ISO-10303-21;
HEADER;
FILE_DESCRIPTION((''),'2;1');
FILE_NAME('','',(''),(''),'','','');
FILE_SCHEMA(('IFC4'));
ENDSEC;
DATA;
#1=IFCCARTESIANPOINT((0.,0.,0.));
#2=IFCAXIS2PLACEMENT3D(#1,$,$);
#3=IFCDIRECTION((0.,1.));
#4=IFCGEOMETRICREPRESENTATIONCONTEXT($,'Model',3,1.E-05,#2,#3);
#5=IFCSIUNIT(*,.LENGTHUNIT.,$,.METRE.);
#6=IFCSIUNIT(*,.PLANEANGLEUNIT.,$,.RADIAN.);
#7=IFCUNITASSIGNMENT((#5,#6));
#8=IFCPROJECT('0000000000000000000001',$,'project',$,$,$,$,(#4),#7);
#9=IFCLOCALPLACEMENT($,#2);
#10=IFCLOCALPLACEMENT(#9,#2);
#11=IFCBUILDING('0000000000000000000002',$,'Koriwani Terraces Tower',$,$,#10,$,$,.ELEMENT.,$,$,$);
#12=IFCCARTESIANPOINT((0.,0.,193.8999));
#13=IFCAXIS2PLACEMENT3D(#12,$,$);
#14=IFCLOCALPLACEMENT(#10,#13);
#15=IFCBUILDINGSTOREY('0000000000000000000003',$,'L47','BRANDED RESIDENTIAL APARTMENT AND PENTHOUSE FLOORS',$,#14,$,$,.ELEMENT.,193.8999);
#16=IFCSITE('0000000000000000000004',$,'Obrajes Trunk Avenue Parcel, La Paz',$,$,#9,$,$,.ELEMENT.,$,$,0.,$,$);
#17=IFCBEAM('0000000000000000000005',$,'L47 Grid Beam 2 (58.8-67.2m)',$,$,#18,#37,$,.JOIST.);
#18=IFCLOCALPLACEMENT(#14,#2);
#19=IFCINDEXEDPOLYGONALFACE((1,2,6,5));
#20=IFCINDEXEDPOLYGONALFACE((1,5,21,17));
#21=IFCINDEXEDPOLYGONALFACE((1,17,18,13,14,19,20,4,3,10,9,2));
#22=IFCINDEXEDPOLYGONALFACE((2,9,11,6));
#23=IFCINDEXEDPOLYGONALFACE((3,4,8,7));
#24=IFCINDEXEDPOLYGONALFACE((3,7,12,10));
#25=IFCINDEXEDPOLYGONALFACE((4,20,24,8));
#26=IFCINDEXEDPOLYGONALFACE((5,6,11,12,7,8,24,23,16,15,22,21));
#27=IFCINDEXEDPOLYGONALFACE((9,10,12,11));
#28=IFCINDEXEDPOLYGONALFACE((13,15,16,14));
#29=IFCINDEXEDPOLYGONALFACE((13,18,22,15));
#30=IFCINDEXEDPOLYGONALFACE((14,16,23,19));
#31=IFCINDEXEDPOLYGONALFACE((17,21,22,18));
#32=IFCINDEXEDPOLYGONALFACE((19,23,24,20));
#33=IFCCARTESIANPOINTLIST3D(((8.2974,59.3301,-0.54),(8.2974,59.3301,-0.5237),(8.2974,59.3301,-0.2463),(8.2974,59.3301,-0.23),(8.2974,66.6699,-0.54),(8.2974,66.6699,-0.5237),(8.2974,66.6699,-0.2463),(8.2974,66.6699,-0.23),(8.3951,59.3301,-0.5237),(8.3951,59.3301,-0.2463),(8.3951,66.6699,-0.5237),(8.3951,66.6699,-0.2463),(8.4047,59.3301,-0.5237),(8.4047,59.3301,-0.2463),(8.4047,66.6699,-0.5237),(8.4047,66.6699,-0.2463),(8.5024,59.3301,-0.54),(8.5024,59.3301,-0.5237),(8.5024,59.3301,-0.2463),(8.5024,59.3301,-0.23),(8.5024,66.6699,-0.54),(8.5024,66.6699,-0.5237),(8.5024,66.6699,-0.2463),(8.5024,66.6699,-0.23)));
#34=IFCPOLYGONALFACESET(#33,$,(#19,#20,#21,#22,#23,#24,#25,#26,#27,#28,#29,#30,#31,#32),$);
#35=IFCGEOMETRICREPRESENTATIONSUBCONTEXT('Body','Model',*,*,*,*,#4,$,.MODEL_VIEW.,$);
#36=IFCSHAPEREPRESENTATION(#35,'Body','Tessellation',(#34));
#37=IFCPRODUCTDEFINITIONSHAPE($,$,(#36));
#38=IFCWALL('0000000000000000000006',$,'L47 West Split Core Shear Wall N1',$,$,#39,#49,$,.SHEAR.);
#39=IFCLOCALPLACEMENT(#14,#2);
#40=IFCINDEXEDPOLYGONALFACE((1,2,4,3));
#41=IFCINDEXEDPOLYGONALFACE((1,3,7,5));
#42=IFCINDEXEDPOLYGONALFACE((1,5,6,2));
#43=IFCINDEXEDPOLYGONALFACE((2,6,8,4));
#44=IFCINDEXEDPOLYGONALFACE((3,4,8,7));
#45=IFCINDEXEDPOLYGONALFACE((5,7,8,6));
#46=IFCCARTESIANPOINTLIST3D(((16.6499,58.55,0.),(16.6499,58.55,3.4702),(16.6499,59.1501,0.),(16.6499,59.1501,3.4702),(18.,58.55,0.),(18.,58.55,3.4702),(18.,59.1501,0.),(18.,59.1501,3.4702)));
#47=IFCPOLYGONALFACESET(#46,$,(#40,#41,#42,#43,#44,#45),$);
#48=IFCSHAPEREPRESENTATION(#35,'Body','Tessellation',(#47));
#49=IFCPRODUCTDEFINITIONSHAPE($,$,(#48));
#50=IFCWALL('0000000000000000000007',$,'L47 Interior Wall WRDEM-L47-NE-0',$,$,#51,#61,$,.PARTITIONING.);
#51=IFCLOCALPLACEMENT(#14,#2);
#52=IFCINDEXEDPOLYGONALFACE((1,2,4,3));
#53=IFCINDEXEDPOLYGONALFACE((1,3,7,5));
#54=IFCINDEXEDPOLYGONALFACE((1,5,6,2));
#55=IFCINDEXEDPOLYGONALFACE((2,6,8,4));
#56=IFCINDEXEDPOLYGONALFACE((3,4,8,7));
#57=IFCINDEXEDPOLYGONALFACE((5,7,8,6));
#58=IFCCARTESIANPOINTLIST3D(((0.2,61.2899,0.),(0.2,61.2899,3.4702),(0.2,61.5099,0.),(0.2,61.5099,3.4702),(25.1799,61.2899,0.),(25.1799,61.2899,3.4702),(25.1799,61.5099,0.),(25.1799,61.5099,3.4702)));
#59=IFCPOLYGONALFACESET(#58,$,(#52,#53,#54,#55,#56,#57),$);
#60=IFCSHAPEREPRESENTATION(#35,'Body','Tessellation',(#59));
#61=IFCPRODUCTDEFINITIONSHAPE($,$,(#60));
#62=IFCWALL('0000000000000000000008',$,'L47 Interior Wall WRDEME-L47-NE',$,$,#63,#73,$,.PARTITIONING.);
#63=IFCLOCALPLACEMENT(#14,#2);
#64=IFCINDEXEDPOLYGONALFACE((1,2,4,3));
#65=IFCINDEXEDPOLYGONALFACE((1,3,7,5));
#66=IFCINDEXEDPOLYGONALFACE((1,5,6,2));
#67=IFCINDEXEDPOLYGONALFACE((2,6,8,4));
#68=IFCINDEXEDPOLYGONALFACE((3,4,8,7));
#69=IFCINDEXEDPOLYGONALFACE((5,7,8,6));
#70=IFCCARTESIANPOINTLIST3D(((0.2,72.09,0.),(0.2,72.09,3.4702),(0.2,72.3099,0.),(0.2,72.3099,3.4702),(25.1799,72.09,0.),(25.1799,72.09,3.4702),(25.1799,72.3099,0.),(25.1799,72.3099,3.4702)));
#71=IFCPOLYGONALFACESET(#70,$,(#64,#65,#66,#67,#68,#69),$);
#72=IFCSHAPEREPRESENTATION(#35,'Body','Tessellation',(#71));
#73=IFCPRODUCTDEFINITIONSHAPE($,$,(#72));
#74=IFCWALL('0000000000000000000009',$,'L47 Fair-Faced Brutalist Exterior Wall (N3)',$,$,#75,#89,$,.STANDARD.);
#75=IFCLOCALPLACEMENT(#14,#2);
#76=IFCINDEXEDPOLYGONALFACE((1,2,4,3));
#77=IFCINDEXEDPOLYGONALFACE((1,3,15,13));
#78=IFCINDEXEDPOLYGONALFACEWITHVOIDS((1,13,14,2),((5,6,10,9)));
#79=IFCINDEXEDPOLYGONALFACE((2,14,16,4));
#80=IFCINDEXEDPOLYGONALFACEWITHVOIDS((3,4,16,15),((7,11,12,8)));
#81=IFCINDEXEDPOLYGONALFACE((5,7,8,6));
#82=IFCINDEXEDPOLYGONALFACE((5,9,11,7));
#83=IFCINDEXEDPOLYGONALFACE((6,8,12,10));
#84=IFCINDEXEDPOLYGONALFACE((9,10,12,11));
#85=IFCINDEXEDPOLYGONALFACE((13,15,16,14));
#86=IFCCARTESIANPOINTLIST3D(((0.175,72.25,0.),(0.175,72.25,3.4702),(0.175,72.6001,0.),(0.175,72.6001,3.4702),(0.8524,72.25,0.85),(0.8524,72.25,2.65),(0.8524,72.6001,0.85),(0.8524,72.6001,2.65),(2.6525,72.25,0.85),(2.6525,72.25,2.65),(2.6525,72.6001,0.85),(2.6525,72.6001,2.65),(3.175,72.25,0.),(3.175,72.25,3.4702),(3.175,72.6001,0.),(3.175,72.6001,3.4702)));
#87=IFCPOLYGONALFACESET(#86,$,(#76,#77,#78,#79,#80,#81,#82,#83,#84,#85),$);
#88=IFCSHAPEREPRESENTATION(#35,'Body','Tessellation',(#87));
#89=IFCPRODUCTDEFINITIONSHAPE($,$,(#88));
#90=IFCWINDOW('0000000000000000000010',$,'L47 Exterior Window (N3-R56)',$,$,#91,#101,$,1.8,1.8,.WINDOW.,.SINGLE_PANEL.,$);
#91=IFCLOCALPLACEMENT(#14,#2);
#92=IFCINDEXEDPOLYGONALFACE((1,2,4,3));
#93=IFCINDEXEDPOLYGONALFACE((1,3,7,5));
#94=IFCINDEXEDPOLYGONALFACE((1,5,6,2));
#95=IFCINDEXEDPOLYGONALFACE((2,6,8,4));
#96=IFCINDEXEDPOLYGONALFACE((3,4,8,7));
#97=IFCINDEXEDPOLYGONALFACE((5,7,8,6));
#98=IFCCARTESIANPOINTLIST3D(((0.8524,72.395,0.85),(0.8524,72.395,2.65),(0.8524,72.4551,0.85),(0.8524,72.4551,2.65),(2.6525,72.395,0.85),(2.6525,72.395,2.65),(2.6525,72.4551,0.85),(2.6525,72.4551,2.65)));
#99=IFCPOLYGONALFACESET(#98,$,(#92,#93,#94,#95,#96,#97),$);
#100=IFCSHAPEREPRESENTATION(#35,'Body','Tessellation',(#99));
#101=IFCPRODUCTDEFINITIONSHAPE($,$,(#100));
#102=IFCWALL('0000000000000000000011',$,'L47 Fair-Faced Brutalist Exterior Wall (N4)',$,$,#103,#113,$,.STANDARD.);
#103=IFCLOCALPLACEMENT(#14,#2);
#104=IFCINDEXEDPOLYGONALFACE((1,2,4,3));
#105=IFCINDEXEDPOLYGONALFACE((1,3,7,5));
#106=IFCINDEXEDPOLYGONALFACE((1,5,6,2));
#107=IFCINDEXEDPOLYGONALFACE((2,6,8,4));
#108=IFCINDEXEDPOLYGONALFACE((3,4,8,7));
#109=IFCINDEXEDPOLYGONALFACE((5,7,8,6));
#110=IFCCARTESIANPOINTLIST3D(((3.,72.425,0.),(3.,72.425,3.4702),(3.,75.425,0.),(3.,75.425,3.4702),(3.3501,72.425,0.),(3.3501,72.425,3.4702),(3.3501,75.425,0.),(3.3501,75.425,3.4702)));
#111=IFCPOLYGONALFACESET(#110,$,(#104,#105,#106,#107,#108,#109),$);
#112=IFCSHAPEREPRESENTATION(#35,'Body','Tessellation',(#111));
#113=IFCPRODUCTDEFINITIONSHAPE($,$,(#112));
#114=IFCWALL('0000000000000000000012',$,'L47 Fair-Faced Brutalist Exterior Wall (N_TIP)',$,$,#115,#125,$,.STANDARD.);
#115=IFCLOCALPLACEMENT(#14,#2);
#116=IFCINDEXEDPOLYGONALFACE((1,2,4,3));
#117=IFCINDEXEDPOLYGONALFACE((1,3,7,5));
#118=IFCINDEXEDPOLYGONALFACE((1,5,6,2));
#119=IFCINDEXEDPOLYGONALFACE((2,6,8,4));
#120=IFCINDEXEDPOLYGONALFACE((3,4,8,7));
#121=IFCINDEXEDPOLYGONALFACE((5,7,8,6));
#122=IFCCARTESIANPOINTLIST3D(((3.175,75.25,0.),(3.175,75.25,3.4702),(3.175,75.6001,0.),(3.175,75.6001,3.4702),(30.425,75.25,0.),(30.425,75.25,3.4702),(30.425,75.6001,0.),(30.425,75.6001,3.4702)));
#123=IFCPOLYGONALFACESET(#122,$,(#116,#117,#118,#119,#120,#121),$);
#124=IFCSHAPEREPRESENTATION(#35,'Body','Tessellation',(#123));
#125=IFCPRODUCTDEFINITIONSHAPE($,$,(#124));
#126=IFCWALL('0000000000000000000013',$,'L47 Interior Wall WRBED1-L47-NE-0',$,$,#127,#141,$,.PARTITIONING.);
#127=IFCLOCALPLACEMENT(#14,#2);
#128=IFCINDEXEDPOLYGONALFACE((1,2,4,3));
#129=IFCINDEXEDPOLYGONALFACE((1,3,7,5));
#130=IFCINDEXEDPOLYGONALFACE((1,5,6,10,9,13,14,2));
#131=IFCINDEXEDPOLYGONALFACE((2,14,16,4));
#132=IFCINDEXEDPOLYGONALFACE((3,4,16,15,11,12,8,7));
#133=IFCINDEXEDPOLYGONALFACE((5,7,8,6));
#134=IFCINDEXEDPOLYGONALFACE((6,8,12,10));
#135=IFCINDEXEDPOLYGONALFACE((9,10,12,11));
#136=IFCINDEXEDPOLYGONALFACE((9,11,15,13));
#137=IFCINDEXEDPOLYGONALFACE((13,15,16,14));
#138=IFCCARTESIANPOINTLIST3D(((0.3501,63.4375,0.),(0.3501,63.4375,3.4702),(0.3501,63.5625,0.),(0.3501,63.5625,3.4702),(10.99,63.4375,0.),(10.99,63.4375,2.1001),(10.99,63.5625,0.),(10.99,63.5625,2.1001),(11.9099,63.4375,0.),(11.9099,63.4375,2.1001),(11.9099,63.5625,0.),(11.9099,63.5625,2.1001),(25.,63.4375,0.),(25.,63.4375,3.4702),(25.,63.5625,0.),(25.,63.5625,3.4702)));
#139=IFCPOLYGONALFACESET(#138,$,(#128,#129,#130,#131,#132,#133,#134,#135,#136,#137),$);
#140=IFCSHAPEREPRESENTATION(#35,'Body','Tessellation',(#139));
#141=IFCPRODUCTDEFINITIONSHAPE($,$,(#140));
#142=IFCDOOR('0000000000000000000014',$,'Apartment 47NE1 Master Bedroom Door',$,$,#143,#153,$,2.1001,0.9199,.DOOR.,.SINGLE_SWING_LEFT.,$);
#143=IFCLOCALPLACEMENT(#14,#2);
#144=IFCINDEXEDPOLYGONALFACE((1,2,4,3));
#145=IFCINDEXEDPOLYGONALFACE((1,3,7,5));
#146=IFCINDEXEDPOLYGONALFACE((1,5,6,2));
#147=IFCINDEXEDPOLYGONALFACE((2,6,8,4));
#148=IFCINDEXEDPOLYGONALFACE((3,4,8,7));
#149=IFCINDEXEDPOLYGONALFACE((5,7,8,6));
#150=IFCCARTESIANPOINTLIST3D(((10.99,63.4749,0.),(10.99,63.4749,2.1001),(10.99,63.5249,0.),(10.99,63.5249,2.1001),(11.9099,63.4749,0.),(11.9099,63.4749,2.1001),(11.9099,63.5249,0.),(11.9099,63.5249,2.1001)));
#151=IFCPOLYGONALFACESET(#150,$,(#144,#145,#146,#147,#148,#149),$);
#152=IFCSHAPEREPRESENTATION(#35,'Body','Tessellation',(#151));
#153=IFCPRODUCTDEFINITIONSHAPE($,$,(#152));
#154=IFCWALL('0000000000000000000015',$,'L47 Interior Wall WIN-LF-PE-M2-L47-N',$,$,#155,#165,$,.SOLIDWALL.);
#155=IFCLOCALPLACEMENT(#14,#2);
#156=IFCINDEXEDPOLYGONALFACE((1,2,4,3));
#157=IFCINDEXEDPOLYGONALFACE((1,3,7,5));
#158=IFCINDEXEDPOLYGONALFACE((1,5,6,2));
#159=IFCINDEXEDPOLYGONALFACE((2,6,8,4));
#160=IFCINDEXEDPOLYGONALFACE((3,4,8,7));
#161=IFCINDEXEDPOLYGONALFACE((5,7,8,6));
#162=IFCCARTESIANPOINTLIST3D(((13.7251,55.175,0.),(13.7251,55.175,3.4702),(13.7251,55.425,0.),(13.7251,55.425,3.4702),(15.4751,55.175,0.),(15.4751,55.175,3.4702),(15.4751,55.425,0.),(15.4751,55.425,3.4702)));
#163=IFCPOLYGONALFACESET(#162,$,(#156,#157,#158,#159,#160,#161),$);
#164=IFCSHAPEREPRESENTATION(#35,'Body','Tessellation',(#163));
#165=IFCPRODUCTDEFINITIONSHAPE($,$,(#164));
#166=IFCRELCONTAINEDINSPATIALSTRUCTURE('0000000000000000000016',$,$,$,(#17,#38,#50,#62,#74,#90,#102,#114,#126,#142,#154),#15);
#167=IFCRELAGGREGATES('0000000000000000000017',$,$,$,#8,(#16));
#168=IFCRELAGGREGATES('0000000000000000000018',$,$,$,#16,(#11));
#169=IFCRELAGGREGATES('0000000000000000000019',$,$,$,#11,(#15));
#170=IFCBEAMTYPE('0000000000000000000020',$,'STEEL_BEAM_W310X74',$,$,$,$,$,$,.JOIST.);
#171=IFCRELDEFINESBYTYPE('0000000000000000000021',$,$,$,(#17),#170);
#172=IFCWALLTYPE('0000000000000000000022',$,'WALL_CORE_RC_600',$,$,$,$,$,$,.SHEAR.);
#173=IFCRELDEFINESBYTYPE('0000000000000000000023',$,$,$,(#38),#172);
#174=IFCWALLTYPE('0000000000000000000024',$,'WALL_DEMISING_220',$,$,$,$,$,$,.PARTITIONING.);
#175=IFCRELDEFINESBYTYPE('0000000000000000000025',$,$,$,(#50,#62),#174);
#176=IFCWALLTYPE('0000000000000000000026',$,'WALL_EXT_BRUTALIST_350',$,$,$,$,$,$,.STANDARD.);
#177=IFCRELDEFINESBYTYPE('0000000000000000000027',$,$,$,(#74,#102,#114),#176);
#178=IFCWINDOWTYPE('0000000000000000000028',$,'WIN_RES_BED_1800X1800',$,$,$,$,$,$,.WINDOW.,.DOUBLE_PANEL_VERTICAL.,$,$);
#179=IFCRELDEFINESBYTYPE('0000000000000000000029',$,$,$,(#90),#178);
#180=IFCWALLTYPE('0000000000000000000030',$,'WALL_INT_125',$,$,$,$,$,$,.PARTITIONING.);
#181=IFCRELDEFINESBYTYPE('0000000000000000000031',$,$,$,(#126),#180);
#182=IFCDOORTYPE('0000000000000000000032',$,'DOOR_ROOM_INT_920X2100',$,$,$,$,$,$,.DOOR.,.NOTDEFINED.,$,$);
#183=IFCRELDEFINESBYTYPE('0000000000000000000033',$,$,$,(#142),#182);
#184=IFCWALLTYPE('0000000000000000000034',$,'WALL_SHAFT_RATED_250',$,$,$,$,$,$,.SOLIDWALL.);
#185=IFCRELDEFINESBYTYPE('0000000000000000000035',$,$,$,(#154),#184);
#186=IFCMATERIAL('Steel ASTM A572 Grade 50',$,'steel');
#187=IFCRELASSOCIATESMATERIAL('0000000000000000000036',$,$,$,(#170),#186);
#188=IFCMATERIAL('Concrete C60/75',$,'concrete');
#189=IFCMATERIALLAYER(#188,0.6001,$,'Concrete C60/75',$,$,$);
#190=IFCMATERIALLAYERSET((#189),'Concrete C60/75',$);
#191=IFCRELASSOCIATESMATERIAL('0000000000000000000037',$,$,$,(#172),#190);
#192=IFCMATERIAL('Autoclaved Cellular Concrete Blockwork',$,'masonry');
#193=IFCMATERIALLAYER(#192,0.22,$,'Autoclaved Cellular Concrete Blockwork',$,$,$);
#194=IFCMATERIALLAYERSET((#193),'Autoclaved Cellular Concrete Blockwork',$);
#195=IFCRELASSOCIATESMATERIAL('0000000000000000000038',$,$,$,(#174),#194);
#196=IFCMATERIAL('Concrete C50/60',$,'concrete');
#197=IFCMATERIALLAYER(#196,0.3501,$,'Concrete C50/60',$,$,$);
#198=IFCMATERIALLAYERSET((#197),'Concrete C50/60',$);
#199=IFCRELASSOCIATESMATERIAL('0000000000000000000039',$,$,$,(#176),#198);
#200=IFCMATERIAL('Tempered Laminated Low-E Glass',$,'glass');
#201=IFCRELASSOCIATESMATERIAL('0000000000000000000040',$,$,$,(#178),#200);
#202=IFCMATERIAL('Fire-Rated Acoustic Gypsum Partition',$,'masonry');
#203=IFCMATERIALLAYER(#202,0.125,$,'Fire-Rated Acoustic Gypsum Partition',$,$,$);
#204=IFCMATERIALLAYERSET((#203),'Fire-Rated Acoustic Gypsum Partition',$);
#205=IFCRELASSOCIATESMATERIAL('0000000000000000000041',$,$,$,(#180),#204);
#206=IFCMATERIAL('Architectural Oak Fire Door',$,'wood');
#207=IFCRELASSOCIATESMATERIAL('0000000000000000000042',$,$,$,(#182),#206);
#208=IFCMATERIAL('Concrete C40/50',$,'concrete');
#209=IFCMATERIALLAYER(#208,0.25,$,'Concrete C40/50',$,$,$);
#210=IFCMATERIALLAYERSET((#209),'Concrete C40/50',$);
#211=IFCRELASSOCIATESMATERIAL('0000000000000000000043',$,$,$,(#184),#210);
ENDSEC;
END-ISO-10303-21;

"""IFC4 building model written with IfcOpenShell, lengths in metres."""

from ifc_helpers import new_model, si_unit, direction, frame, frame_2d, origin, origin_2d, place, context, subcontext, project, spatial, rectangle, i_section, extrude, material, layer, layer_set, material_profile, profile_set, type_object, element, fill, save


model = new_model("IFC4")

# Units and contexts
model_context = context("Model", 3, precision=1e-05, world=origin(), true_north=direction((0.0, 1.0)))
body_context = subcontext(model_context, "Body", "Model", "MODEL_VIEW")
ifc_project = project(units=[si_unit("LENGTHUNIT", "METRE"), si_unit("PLANEANGLEUNIT", "RADIAN")], contexts=[model_context])

# Site, building, storey
site_placement = place(None, origin())
site = spatial("IfcSite", under=ifc_project, at=site_placement, Name="Obrajes Trunk Avenue Parcel, La Paz", CompositionType="ELEMENT", RefElevation=0.0)
building_placement = place(site_placement, origin())
building = spatial("IfcBuilding", under=site, at=building_placement, Name="Koriwani Terraces Tower", CompositionType="ELEMENT")
storey_placement = place(building_placement, frame((0.0, 0.0, 193.8999)))
storey = spatial("IfcBuildingStorey", under=building, at=storey_placement, Name="L47", Description="BRANDED RESIDENTIAL APARTMENT AND PENTHOUSE FLOORS", CompositionType="ELEMENT", Elevation=193.8999)

# Shared definitions
ifc_material_1 = material(Name="Concrete C50/60", Category="concrete")

# Beam
ifc_material_2 = material(Name="Concrete C40/50", Category="concrete")
ifc_material_3 = material(Name="Steel ASTM A572 Grade 50", Category="steel")
ifc_material_profile_1 = material_profile(ifc_material_3, i_section(OverallWidth=0.2051, OverallDepth=0.3101, WebThickness=0.0095, FlangeThickness=0.0164, at=origin_2d()), Name="Steel ASTM A572 Grade 50", Category="LoadBearing")
ifc_profile_set_1 = profile_set([ifc_material_profile_1], Name="Steel ASTM A572 Grade 50")
beam_type_1 = type_object("IfcBeamType", Name="STEEL_BEAM_W310X74", PredefinedType="JOIST", material=ifc_profile_set_1)
beam_1_placement = place(storey_placement, frame((8.3999, 59.3301, -0.385), z_axis=(0.0, 1.0, 0.0), x_axis=(-1.0, 0.0, 0.0)))
element("IfcBeam", 1, at=beam_1_placement, inside=storey, type_object=beam_type_1, Name="L47 Grid Beam 2 (58.8-67.2m)", PredefinedType="JOIST", context=body_context, shape_type="SweptSolid", body=[
    extrude(i_section(OverallWidth=0.2051, OverallDepth=0.3101, WebThickness=0.0095, FlangeThickness=0.0164, at=origin_2d()), origin(), (0.0, 0.0, 1.0), 7.3398),
])

# Walls
ifc_material_4 = material(Name="Concrete C60/75", Category="concrete")
ifc_layer_1 = layer(ifc_material_4, 0.6001, Name="Concrete C60/75")
ifc_layer_set_1 = layer_set([ifc_layer_1], Name="Concrete C60/75")
wall_type_1 = type_object("IfcWallType", Name="WALL_CORE_RC_600", PredefinedType="SHEAR", material=ifc_layer_set_1)
wall_1_placement = place(storey_placement, frame((16.6499, 58.8501, 0.0), z_axis=(0.0, 0.0, 1.0), x_axis=(1.0, 0.0, 0.0)))
element("IfcWall", 2, at=wall_1_placement, inside=storey, type_object=wall_type_1, Name="L47 West Split Core Shear Wall N1", PredefinedType="SHEAR", context=body_context, shape_type="SweptSolid", body=[
    extrude(rectangle(XDim=1.3501, YDim=0.6001, at=frame_2d((0.675, 0.0))), origin(), (0.0, 0.0, 1.0), 3.4702),
])
ifc_material_5 = material(Name="Autoclaved Cellular Concrete Blockwork", Category="masonry")
ifc_layer_2 = layer(ifc_material_5, 0.22, Name="Autoclaved Cellular Concrete Blockwork")
ifc_layer_set_2 = layer_set([ifc_layer_2], Name="Autoclaved Cellular Concrete Blockwork")
wall_type_2 = type_object("IfcWallType", Name="WALL_DEMISING_220", PredefinedType="PARTITIONING", material=ifc_layer_set_2)
for number, where, z_axis, x_axis, name in (
    (3, (0.2, 61.3999, 0.0), (0.0, 0.0, 1.0), (1.0, 0.0, 0.0), "L47 Interior Wall WRDEM-L47-NE-0"),
    (4, (0.2, 72.2, 0.0), (0.0, 0.0, 1.0), (1.0, 0.0, 0.0), "L47 Interior Wall WRDEME-L47-NE"),
):
    element("IfcWall", number, at=place(storey_placement, frame(where, z_axis=z_axis, x_axis=x_axis)), inside=storey, type_object=wall_type_2, Name=name, PredefinedType="PARTITIONING", context=body_context, shape_type="SweptSolid", body=[
        extrude(rectangle(XDim=24.98, YDim=0.22, at=frame_2d((12.49, 0.0))), origin(), (0.0, 0.0, 1.0), 3.4702),
    ])

# Wall, opening, window
ifc_layer_3 = layer(ifc_material_1, 0.3501, Name="Concrete C50/60")
ifc_layer_set_3 = layer_set([ifc_layer_3], Name="Concrete C50/60")
wall_type_3 = type_object("IfcWallType", Name="WALL_EXT_BRUTALIST_350", PredefinedType="STANDARD", material=ifc_layer_set_3)
wall_2_placement = place(storey_placement, frame((0.175, 72.425, 0.0), z_axis=(0.0, 0.0, 1.0), x_axis=(1.0, 0.0, 0.0)))
wall_2 = element("IfcWall", 5, at=wall_2_placement, inside=storey, type_object=wall_type_3, Name="L47 Fair-Faced Brutalist Exterior Wall (N3)", PredefinedType="STANDARD", context=body_context, shape_type="SweptSolid", body=[
    extrude(rectangle(XDim=3.0, YDim=0.3501, at=frame_2d((1.5, 0.0))), origin(), (0.0, 0.0, 1.0), 3.4702),
])
opening_1_placement = place(wall_2_placement, frame((0.6775, 0.0, 0.8501)))
opening_1 = element("IfcOpeningElement", 6, at=opening_1_placement, cuts=wall_2, PredefinedType="OPENING", context=body_context, shape_type="SweptSolid", body=[
    extrude(rectangle(XDim=1.8, YDim=1.8, at=frame_2d((0.8999, 0.8999))), frame((0.0, 0.1851, 0.0), z_axis=(0.0, -1.0, 0.0), x_axis=(1.0, 0.0, 0.0)), (0.0, 0.0, 1.0), 0.3701),
])
ifc_material_6 = material(Name="Tempered Laminated Low-E Glass", Category="glass")
window_type = type_object("IfcWindowType", Name="WIN_RES_BED_1800X1800", PartitioningType="DOUBLE_PANEL_VERTICAL", PredefinedType="WINDOW", material=ifc_material_6)
window_placement = place(opening_1_placement, origin())
window = element("IfcWindow", 7, at=window_placement, inside=storey, type_object=window_type, Name="L47 Exterior Window (N3-R56)", OverallHeight=1.8, OverallWidth=1.8, PartitioningType="SINGLE_PANEL", PredefinedType="WINDOW", context=body_context, shape_type="SweptSolid", body=[
    extrude(rectangle(XDim=1.8, YDim=1.8, at=frame_2d((0.8999, 0.8999))), frame((0.0, 0.03, 0.0), z_axis=(0.0, -1.0, 0.0), x_axis=(1.0, 0.0, 0.0)), (0.0, 0.0, 1.0), 0.0601),
])
fill(opening_1, window)

# Walls
wall_3_placement = place(storey_placement, frame((3.175, 72.425, 0.0), z_axis=(0.0, 0.0, 1.0), x_axis=(0.0, 1.0, 0.0)))
element("IfcWall", 8, at=wall_3_placement, inside=storey, type_object=wall_type_3, Name="L47 Fair-Faced Brutalist Exterior Wall (N4)", PredefinedType="STANDARD", context=body_context, shape_type="SweptSolid", body=[
    extrude(rectangle(XDim=3.0, YDim=0.3501, at=frame_2d((1.5, 0.0))), origin(), (0.0, 0.0, 1.0), 3.4702),
])
wall_4_placement = place(storey_placement, frame((3.175, 75.425, 0.0), z_axis=(0.0, 0.0, 1.0), x_axis=(1.0, 0.0, 0.0)))
element("IfcWall", 9, at=wall_4_placement, inside=storey, type_object=wall_type_3, Name="L47 Fair-Faced Brutalist Exterior Wall (N_TIP)", PredefinedType="STANDARD", context=body_context, shape_type="SweptSolid", body=[
    extrude(rectangle(XDim=27.25, YDim=0.3501, at=frame_2d((13.625, 0.0))), origin(), (0.0, 0.0, 1.0), 3.4702),
])

# Wall, opening, door
ifc_material_7 = material(Name="Fire-Rated Acoustic Gypsum Partition", Category="masonry")
ifc_layer_4 = layer(ifc_material_7, 0.125, Name="Fire-Rated Acoustic Gypsum Partition")
ifc_layer_set_4 = layer_set([ifc_layer_4], Name="Fire-Rated Acoustic Gypsum Partition")
wall_type_4 = type_object("IfcWallType", Name="WALL_INT_125", PredefinedType="PARTITIONING", material=ifc_layer_set_4)
wall_5_placement = place(storey_placement, frame((0.3501, 63.5, 0.0), z_axis=(0.0, 0.0, 1.0), x_axis=(1.0, 0.0, 0.0)))
wall_5 = element("IfcWall", 10, at=wall_5_placement, inside=storey, type_object=wall_type_4, Name="L47 Interior Wall WRBED1-L47-NE-0", PredefinedType="PARTITIONING", context=body_context, shape_type="SweptSolid", body=[
    extrude(rectangle(XDim=24.6499, YDim=0.125, at=frame_2d((12.325, 0.0))), origin(), (0.0, 0.0, 1.0), 3.4702),
])
opening_2_placement = place(wall_5_placement, frame((10.6399, 0.0, 0.0)))
opening_2 = element("IfcOpeningElement", 11, at=opening_2_placement, cuts=wall_5, PredefinedType="OPENING", context=body_context, shape_type="SweptSolid", body=[
    extrude(rectangle(XDim=0.9199, YDim=2.1001, at=frame_2d((0.46, 1.05))), frame((0.0, 0.0725, 0.0), z_axis=(0.0, -1.0, 0.0), x_axis=(1.0, 0.0, 0.0)), (0.0, 0.0, 1.0), 0.145),
])
ifc_material_8 = material(Name="Architectural Oak Fire Door", Category="wood")
door_type = type_object("IfcDoorType", Name="DOOR_ROOM_INT_920X2100", OperationType="NOTDEFINED", PredefinedType="DOOR", material=ifc_material_8)
door_placement = place(opening_2_placement, origin())
door = element("IfcDoor", 12, at=door_placement, inside=storey, type_object=door_type, Name="Apartment 47NE1 Master Bedroom Door", OperationType="SINGLE_SWING_LEFT", OverallHeight=2.1001, OverallWidth=0.9199, PredefinedType="DOOR", context=body_context, shape_type="SweptSolid", body=[
    extrude(rectangle(XDim=0.9199, YDim=2.1001, at=frame_2d((0.46, 1.05))), frame((0.0, 0.0249, 0.0), z_axis=(0.0, -1.0, 0.0), x_axis=(1.0, 0.0, 0.0)), (0.0, 0.0, 1.0), 0.05),
])
fill(opening_2, door)

# Wall
ifc_layer_5 = layer(ifc_material_2, 0.25, Name="Concrete C40/50")
ifc_layer_set_5 = layer_set([ifc_layer_5], Name="Concrete C40/50")
wall_type_5 = type_object("IfcWallType", Name="WALL_SHAFT_RATED_250", PredefinedType="SOLIDWALL", material=ifc_layer_set_5)
wall_6_placement = place(storey_placement, frame((13.7251, 55.3, 0.0), z_axis=(0.0, 0.0, 1.0), x_axis=(1.0, 0.0, 0.0)))
element("IfcWall", 13, at=wall_6_placement, inside=storey, type_object=wall_type_5, Name="L47 Interior Wall WIN-LF-PE-M2-L47-N", PredefinedType="SOLIDWALL", context=body_context, shape_type="SweptSolid", body=[
    extrude(rectangle(XDim=1.75, YDim=0.25, at=frame_2d((0.875, 0.0))), origin(), (0.0, 0.0, 1.0), 3.4702),
])

save(model, "model.ifc")
